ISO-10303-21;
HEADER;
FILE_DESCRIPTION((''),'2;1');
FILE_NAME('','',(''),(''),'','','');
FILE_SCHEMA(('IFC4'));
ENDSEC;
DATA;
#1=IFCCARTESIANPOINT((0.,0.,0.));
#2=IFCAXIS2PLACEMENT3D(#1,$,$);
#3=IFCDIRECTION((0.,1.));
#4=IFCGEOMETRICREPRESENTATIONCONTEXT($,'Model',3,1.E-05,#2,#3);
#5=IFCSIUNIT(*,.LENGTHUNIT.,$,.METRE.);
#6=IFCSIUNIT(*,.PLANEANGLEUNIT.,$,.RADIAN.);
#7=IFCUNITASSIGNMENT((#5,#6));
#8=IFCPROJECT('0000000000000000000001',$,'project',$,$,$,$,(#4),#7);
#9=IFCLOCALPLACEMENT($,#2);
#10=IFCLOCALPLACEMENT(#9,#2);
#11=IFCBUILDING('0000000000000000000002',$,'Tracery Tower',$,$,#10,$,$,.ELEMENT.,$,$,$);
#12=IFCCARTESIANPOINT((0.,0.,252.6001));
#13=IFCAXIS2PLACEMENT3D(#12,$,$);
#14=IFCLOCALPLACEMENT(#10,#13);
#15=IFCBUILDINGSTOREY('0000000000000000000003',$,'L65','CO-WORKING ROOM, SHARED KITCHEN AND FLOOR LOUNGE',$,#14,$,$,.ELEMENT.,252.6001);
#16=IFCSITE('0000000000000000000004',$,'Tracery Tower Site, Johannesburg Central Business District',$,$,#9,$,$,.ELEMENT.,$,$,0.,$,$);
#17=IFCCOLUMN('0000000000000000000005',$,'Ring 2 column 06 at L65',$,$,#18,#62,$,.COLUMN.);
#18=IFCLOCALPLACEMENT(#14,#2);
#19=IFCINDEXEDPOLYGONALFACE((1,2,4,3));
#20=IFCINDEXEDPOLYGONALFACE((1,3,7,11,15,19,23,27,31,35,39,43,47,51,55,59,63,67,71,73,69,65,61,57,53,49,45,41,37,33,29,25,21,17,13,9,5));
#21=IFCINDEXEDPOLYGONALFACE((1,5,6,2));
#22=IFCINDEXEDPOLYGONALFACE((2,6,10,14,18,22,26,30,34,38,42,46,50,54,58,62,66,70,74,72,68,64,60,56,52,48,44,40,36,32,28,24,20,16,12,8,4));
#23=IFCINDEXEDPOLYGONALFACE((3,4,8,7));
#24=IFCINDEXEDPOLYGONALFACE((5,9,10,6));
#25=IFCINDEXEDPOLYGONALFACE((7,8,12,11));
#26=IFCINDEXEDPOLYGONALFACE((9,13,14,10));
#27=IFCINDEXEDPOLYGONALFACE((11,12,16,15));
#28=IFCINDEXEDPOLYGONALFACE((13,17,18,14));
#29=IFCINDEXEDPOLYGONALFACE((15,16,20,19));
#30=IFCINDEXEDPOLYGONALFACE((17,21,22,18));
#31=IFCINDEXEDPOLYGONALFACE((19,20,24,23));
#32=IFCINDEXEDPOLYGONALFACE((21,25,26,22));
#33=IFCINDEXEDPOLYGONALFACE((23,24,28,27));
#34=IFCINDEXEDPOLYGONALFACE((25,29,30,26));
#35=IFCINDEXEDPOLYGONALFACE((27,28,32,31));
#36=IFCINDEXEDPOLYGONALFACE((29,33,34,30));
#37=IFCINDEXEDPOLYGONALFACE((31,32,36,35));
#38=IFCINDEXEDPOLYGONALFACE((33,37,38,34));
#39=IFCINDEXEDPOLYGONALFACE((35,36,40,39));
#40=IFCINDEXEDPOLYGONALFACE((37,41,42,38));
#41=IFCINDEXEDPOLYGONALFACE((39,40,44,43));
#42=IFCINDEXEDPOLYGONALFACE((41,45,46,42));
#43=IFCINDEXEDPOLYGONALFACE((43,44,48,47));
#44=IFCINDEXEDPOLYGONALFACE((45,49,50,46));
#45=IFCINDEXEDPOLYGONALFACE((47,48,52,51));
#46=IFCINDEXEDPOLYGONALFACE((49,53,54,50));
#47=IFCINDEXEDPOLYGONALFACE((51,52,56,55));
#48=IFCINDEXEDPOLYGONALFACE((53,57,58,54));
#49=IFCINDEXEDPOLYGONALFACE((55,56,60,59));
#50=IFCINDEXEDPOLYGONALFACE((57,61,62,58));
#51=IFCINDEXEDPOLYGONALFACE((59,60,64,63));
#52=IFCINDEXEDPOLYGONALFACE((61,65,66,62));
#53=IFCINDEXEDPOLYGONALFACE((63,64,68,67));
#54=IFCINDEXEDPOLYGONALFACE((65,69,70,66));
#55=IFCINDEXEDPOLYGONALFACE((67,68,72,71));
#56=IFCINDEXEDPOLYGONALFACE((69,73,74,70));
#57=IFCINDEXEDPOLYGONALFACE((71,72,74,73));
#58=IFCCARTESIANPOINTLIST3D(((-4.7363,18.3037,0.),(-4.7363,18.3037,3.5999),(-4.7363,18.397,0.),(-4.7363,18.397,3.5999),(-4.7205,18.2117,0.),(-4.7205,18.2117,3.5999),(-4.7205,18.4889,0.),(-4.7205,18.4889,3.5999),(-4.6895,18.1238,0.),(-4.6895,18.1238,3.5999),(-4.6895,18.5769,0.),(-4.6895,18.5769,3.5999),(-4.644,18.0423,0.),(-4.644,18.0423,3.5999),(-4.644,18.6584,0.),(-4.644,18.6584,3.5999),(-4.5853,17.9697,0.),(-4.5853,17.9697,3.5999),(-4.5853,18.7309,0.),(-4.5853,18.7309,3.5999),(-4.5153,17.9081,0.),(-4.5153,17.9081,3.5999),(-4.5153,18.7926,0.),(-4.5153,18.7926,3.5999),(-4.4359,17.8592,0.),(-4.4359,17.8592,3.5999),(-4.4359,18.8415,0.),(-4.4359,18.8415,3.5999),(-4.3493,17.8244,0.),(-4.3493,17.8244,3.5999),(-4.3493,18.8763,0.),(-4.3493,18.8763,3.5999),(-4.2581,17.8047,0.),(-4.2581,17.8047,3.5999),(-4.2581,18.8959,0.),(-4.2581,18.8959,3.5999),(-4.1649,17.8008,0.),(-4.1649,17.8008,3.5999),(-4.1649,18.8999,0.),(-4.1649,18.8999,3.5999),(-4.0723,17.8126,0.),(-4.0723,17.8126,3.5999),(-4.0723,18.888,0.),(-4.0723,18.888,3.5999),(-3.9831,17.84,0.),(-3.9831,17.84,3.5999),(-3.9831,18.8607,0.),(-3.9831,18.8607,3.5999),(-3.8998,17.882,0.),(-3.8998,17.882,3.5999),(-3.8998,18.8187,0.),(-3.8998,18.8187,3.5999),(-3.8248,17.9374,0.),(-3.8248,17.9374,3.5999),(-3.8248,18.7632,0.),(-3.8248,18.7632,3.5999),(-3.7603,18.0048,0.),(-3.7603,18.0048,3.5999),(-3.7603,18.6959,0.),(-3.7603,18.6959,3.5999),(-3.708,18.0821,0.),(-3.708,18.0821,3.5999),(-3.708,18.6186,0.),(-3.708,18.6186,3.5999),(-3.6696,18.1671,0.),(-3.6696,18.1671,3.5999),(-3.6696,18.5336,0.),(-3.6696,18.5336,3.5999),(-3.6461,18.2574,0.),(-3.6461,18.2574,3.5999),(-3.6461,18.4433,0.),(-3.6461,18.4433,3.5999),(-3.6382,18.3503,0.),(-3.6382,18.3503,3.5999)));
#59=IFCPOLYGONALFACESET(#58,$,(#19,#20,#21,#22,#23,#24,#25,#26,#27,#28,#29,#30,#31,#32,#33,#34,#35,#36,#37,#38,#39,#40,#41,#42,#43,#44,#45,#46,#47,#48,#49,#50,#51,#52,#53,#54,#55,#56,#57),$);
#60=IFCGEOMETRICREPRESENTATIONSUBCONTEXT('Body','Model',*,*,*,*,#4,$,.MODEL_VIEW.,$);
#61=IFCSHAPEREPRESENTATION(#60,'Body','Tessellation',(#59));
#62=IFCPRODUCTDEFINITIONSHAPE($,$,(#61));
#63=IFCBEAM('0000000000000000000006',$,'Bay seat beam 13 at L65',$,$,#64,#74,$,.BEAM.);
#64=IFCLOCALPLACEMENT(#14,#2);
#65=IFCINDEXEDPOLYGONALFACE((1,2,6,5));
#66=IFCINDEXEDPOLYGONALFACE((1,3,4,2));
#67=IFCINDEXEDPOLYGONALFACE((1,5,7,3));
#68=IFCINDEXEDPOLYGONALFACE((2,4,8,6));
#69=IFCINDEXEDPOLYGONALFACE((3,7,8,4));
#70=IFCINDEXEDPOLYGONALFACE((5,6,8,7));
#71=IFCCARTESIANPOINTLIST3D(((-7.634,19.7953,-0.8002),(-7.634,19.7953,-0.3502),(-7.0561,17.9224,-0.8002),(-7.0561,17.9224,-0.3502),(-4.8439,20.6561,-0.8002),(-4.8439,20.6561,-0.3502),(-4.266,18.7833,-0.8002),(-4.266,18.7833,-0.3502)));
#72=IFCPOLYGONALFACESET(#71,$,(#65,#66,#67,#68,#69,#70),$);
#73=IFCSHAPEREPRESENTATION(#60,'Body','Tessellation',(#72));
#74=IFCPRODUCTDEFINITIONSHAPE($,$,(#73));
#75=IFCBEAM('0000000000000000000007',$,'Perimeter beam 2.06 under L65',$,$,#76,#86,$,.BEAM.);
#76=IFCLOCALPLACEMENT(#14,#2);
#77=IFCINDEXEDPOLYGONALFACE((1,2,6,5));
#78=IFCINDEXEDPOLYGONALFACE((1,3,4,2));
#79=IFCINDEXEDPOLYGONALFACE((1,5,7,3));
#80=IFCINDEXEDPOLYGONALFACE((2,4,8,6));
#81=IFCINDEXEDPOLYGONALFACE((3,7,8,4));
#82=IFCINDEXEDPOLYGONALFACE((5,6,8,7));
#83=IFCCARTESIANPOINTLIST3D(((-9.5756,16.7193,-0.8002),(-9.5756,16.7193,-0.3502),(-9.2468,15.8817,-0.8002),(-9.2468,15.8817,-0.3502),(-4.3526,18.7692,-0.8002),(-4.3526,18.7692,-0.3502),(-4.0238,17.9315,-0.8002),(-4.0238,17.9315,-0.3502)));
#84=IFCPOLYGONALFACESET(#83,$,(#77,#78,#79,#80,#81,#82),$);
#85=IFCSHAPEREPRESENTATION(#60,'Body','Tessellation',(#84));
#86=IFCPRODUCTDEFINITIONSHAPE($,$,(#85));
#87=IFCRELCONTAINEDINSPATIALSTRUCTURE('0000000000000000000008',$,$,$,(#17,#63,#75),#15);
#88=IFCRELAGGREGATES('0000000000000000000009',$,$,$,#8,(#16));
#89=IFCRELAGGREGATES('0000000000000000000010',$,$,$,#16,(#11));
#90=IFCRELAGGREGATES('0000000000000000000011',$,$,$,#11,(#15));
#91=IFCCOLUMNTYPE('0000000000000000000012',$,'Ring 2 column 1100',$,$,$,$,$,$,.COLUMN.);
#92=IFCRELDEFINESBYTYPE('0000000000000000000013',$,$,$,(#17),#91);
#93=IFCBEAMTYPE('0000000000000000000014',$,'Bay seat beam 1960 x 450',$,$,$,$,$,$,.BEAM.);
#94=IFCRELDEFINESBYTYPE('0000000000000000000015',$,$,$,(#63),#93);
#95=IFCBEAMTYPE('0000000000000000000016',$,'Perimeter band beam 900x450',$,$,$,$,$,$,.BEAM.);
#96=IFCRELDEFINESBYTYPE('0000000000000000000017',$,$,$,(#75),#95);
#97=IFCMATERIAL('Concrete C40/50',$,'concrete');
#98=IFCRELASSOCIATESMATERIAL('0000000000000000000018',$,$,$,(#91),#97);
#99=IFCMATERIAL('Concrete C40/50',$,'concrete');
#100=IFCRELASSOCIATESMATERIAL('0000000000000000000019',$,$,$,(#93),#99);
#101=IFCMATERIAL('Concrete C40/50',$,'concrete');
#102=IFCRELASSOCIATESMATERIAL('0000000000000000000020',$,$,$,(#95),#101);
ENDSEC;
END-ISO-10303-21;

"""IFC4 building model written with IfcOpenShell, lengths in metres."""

from ifc_helpers import new_model, si_unit, direction, frame, origin, origin_2d, place, context, subcontext, project, spatial, rectangle, circle, extrude, material, material_profile, profile_set, type_object, element, save


model = new_model("IFC4")

# Units and contexts
model_context = context("Model", 3, precision=1e-05, world=origin(), true_north=direction((0.0, 1.0)))
body_context = subcontext(model_context, "Body", "Model", "MODEL_VIEW")
ifc_project = project(units=[si_unit("LENGTHUNIT", "METRE"), si_unit("PLANEANGLEUNIT", "RADIAN")], contexts=[model_context])

# Site, building, storey
site_placement = place(None, origin())
site = spatial("IfcSite", under=ifc_project, at=site_placement, Name="Tracery Tower Site, Johannesburg Central Business District", CompositionType="ELEMENT", RefElevation=0.0)
building_placement = place(site_placement, origin())
building = spatial("IfcBuilding", under=site, at=building_placement, Name="Tracery Tower", CompositionType="ELEMENT")
storey_placement = place(building_placement, frame((0.0, 0.0, 252.6001)))
storey = spatial("IfcBuildingStorey", under=building, at=storey_placement, Name="L65", Description="CO-WORKING ROOM, SHARED KITCHEN AND FLOOR LOUNGE", CompositionType="ELEMENT", Elevation=252.6001)

# Column
ifc_material_1 = material(Name="Concrete C40/50", Category="concrete")
ifc_material_profile_1 = material_profile(ifc_material_1, circle(Radius=0.55, at=origin_2d()), Name="RC D1100")
ifc_profile_set_1 = profile_set([ifc_material_profile_1], Name="Concrete C40/50")
column_type = type_object("IfcColumnType", Name="Ring 2 column 1100", PredefinedType="COLUMN", material=ifc_profile_set_1)
column_placement = place(storey_placement, frame((-4.1882, 18.3503, 0.0), z_axis=(0.0, 0.0, 1.0), x_axis=(1.0, 0.0, 0.0)))
element("IfcColumn", 1, at=column_placement, inside=storey, type_object=column_type, Name="Ring 2 column 06 at L65", PredefinedType="COLUMN", context=body_context, shape_type="SweptSolid", body=[
    extrude(circle(Radius=0.55, at=origin_2d()), origin(), (0.0, 0.0, 1.0), 3.5999),
])

# Beams
ifc_material_2 = material(Name="Concrete C40/50", Category="concrete")
ifc_material_profile_2 = material_profile(ifc_material_2, rectangle(XDim=1.96, YDim=0.45, at=origin_2d()), Name="RC 1960x450")
ifc_profile_set_2 = profile_set([ifc_material_profile_2], Name="Concrete C40/50")
beam_type_1 = type_object("IfcBeamType", Name="Bay seat beam 1960 x 450", PredefinedType="BEAM", material=ifc_profile_set_2)
beam_1_placement = place(storey_placement, frame((-4.5549, 19.7197, -0.5752), z_axis=(-0.955551, -0.294826, 0.0), x_axis=(0.294826, -0.955551, 0.0)))
element("IfcBeam", 2, at=beam_1_placement, inside=storey, type_object=beam_type_1, Name="Bay seat beam 13 at L65", PredefinedType="BEAM", context=body_context, shape_type="SweptSolid", body=[
    extrude(rectangle(XDim=1.96, YDim=0.45, at=origin_2d()), origin(), (0.0, 0.0, 1.0), 2.9199),
])
ifc_material_3 = material(Name="Concrete C40/50", Category="concrete")
ifc_material_profile_3 = material_profile(ifc_material_3, rectangle(XDim=0.8999, YDim=0.45, at=origin_2d()), Name="RC 900x450")
ifc_profile_set_3 = profile_set([ifc_material_profile_3], Name="Concrete C40/50")
beam_type_2 = type_object("IfcBeamType", Name="Perimeter band beam 900x450", PredefinedType="BEAM", material=ifc_profile_set_3)
beam_2_placement = place(storey_placement, frame((-4.1882, 18.3503, -0.5752), z_axis=(-0.930876, -0.365336, 0.0), x_axis=(0.365336, -0.930876, 0.0)))
element("IfcBeam", 3, at=beam_2_placement, inside=storey, type_object=beam_type_2, Name="Perimeter beam 2.06 under L65", PredefinedType="BEAM", context=body_context, shape_type="SweptSolid", body=[
    extrude(rectangle(XDim=0.8999, YDim=0.45, at=origin_2d()), origin(), (0.0, 0.0, 1.0), 5.6108),
])

save(model, "model.ifc")
